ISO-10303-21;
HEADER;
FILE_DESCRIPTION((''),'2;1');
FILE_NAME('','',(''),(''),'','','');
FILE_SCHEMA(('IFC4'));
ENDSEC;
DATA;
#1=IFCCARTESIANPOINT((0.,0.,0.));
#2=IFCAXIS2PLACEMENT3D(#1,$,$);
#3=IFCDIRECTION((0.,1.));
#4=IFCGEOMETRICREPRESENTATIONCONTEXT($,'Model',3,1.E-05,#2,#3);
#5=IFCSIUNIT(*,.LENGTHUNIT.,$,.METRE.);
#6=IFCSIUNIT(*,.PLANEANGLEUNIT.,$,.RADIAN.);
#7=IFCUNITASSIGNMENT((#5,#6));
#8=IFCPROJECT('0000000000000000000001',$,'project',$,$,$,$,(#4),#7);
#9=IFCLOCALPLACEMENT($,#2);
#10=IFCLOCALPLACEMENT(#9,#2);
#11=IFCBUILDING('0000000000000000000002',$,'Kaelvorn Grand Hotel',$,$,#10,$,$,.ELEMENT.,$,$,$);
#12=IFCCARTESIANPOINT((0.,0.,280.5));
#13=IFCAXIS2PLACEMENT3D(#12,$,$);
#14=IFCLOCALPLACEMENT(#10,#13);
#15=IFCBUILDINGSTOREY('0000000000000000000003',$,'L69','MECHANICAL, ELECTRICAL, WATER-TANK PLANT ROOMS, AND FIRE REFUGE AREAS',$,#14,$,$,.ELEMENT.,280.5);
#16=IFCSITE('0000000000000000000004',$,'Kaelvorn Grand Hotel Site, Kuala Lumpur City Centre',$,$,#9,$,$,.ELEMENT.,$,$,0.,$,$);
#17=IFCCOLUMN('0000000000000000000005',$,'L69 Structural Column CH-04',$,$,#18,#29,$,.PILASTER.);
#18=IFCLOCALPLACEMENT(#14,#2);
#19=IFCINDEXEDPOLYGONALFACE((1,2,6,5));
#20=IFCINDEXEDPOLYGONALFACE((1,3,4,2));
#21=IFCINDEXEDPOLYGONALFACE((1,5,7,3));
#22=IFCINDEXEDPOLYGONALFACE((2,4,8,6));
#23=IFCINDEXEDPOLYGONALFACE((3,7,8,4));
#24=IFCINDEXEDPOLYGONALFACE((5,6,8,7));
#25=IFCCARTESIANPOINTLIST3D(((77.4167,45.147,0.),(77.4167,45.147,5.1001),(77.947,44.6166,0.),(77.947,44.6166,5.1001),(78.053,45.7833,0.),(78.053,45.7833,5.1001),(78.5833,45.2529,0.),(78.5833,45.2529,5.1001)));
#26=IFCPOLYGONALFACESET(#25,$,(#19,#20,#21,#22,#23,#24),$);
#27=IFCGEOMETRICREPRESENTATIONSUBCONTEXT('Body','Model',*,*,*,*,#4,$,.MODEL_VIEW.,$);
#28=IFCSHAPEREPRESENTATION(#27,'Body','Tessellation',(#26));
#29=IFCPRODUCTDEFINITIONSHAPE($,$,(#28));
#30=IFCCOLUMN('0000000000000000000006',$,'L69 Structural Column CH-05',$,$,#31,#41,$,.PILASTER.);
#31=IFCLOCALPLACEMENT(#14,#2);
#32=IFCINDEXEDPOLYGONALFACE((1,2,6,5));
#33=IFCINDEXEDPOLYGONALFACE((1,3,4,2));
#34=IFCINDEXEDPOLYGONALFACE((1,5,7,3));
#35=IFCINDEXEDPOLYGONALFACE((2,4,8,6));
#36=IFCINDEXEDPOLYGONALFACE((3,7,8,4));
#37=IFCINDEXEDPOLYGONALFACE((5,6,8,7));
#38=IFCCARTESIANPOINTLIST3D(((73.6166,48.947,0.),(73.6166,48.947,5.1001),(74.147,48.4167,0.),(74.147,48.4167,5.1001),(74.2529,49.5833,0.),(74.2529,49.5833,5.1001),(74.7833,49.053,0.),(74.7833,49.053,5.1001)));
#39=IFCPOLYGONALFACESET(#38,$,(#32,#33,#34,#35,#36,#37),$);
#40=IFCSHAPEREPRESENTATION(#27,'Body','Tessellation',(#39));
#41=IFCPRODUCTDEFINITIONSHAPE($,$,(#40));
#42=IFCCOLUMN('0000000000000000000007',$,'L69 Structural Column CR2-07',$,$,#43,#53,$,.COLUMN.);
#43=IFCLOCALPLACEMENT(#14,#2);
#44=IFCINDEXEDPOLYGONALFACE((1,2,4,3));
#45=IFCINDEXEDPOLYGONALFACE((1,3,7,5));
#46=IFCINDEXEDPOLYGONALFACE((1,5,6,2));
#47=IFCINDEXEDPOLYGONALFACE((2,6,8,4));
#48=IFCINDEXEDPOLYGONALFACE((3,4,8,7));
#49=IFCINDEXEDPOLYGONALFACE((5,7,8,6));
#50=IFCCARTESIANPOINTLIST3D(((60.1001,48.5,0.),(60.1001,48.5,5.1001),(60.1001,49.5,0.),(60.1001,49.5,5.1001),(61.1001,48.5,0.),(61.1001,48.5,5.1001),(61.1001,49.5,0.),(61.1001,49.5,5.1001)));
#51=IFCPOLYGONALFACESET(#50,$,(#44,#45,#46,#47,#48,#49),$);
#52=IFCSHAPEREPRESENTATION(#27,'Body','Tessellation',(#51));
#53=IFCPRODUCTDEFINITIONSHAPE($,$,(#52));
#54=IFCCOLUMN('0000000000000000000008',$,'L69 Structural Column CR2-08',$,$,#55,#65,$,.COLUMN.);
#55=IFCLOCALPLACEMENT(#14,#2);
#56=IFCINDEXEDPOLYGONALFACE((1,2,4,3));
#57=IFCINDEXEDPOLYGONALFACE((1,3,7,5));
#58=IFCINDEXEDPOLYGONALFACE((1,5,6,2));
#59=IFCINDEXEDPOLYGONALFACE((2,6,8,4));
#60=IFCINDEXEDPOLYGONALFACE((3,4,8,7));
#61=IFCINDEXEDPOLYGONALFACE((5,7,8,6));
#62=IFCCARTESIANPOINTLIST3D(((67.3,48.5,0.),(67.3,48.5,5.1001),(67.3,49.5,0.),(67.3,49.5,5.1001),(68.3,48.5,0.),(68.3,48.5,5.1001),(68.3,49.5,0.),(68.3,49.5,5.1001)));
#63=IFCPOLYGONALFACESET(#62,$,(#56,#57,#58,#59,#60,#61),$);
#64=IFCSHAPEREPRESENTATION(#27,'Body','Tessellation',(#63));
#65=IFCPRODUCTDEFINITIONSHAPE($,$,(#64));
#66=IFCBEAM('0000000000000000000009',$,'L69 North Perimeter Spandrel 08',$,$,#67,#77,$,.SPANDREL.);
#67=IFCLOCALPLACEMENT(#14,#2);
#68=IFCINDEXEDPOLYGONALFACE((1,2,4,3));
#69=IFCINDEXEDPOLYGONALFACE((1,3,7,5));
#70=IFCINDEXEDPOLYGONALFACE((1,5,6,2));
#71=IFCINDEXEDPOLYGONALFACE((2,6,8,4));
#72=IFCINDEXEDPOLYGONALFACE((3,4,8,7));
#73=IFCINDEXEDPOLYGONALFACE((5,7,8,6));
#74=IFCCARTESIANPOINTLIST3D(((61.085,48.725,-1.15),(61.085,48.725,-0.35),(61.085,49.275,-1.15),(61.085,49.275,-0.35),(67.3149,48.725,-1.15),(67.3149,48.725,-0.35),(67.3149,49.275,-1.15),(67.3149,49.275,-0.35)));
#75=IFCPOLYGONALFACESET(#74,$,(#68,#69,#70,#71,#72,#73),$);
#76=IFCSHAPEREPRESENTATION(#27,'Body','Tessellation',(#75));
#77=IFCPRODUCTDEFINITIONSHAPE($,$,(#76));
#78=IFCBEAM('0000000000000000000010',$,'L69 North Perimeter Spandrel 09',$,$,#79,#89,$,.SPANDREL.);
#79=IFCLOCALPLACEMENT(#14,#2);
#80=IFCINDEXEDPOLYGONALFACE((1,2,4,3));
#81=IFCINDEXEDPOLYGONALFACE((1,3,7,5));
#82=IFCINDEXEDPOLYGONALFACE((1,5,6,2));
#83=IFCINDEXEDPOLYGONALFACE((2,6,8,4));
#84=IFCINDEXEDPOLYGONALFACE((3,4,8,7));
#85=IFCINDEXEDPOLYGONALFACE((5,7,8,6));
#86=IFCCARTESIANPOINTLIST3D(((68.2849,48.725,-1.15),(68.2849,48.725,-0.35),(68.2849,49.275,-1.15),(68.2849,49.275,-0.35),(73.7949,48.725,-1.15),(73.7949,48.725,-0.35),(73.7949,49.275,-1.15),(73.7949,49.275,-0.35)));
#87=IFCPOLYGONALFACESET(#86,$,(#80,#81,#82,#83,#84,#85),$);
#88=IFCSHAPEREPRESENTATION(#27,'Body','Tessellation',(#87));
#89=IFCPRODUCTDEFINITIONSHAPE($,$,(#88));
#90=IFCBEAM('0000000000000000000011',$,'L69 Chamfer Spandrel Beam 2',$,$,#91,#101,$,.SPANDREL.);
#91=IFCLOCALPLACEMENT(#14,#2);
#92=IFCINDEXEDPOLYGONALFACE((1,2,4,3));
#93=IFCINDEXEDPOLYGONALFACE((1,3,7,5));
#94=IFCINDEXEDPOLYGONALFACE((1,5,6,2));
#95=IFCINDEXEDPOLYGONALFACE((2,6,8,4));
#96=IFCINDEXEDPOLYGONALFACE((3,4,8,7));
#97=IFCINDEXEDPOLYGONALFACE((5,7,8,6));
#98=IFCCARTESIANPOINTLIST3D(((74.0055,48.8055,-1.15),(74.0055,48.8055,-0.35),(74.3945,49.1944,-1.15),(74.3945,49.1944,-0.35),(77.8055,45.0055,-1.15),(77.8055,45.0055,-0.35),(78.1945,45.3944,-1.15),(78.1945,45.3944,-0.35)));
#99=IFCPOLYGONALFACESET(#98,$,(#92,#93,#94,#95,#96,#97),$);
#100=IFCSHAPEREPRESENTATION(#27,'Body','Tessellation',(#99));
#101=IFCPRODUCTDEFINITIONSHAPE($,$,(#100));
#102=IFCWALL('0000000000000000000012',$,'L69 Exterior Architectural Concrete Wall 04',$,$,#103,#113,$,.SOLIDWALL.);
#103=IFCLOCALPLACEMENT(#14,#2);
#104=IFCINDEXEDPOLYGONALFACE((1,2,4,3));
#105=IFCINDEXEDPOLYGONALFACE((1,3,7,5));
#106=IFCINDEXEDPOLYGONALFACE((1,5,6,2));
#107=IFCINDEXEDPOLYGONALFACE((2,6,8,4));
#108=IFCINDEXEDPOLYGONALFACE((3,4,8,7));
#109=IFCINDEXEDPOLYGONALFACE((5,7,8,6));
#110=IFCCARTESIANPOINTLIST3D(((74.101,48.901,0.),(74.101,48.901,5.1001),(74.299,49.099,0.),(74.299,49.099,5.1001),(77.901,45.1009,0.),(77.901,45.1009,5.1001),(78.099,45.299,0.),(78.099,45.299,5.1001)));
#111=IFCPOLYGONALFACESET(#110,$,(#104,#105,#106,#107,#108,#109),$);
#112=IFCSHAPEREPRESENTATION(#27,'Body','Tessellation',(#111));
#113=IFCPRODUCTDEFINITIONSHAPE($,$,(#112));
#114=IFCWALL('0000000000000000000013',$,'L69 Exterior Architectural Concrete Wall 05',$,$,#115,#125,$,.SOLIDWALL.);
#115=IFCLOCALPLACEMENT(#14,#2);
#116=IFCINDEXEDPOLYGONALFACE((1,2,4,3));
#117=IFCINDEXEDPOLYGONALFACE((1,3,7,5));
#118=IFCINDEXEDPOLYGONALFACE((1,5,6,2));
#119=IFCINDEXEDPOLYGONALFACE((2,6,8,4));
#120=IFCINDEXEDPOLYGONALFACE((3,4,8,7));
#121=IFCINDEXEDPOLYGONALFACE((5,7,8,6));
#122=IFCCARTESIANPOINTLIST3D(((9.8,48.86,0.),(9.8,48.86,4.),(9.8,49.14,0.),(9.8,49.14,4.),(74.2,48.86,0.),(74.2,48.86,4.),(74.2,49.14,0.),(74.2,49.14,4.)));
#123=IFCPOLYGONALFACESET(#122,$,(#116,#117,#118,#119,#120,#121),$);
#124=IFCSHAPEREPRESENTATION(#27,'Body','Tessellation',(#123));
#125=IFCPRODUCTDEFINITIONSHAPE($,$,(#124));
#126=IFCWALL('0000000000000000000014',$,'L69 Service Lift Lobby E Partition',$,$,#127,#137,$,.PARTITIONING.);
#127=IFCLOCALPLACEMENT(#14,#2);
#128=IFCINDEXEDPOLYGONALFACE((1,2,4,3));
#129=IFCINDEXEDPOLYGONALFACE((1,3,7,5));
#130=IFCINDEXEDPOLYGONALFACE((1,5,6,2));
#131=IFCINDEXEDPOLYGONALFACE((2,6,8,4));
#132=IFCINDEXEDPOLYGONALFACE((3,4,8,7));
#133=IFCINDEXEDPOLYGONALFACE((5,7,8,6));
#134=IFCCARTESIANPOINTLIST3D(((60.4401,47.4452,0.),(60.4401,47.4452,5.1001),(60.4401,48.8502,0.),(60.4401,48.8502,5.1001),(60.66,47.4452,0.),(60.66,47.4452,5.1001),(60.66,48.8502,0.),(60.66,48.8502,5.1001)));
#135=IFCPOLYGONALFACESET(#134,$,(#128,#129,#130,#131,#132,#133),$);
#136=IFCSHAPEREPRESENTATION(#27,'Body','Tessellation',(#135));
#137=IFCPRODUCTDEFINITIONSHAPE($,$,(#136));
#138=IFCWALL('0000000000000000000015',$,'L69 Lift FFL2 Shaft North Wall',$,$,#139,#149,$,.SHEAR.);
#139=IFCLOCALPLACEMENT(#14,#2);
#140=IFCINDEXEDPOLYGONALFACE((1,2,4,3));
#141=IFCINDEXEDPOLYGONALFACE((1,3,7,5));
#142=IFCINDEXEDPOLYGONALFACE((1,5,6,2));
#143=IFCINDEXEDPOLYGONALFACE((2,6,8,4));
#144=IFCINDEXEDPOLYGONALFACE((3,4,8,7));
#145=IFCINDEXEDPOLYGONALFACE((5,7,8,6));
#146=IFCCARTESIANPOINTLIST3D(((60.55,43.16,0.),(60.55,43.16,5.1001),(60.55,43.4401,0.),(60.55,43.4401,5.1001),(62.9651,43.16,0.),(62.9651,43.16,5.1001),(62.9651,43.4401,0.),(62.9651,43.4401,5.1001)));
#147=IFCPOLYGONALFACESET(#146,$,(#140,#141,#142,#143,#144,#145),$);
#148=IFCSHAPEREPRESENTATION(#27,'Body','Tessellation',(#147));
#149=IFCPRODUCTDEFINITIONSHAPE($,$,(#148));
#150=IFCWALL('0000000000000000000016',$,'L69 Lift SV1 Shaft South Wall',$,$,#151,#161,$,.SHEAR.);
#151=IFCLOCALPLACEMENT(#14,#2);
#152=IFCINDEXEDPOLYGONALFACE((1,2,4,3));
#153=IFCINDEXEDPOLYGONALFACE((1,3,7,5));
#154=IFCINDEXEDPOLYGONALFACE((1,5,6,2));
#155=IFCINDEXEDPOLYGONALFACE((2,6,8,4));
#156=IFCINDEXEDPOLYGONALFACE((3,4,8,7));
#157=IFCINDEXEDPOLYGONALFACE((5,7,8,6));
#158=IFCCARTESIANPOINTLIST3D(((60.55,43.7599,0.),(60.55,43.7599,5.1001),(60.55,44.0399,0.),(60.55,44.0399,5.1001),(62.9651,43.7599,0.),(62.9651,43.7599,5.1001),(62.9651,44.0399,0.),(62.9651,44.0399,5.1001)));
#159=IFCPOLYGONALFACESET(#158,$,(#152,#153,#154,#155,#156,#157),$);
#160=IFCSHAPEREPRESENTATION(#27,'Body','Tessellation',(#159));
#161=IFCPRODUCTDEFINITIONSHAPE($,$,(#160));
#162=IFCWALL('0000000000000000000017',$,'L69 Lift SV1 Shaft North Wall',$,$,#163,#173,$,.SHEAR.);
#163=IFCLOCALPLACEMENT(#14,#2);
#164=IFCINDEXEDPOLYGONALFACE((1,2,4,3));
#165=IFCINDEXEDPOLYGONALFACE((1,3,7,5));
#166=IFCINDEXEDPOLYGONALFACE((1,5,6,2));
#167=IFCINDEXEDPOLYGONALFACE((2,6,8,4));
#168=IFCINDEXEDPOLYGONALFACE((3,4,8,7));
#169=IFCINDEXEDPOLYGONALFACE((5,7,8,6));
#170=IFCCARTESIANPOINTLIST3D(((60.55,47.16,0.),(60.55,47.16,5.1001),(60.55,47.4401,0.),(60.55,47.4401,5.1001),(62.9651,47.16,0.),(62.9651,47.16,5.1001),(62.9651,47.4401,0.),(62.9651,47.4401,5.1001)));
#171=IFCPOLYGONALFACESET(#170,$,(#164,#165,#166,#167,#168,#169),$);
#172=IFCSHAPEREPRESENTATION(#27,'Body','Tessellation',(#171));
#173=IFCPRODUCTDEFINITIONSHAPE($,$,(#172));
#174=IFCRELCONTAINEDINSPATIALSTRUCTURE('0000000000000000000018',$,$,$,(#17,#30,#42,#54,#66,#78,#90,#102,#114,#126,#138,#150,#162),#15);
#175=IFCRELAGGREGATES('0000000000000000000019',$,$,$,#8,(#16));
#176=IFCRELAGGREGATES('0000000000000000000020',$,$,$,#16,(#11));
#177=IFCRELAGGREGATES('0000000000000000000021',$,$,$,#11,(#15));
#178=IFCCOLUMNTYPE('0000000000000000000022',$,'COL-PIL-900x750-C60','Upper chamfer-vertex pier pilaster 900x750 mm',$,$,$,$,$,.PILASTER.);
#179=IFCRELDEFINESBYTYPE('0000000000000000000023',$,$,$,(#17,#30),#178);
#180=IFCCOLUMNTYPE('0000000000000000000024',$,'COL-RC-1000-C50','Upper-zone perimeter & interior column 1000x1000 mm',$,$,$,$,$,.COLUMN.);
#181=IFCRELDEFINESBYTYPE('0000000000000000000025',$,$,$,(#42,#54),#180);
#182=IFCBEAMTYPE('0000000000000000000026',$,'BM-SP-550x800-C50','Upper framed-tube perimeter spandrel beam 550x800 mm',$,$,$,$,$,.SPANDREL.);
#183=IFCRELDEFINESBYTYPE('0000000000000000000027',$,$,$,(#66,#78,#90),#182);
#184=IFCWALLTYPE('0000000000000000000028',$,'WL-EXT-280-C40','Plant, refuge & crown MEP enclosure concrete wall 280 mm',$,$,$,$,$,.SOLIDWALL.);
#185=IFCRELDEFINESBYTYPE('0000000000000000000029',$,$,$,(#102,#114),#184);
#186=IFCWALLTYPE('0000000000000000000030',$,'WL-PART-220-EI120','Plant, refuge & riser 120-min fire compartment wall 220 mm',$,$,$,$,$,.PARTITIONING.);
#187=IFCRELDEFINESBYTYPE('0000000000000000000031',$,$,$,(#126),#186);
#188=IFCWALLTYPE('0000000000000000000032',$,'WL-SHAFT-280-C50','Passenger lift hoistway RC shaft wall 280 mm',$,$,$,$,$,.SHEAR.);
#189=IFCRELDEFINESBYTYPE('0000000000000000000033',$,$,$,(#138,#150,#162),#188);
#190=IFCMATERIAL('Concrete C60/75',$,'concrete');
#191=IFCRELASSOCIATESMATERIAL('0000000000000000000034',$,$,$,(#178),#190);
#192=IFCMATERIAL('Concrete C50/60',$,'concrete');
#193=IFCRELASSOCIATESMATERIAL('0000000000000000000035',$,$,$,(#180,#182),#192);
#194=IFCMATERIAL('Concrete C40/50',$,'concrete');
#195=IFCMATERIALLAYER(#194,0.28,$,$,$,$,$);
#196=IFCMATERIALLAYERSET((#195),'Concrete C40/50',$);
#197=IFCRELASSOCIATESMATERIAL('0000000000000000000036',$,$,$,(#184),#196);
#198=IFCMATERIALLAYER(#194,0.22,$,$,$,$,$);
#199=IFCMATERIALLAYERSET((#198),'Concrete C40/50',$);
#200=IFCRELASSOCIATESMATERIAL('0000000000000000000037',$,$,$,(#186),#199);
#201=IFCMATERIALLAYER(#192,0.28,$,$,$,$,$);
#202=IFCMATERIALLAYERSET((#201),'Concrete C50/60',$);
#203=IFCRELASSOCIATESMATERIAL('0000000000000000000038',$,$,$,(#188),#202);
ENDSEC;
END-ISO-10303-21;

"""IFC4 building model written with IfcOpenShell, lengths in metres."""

from ifc_helpers import new_model, si_unit, direction, frame, frame_2d, origin, origin_2d, place, context, subcontext, project, spatial, rectangle, extrude, material, layer, layer_set, material_profile, profile_set, type_object, element, save


model = new_model("IFC4")

# Units and contexts
model_context = context("Model", 3, precision=1e-05, world=origin(), true_north=direction((0.0, 1.0)))
body_context = subcontext(model_context, "Body", "Model", "MODEL_VIEW")
ifc_project = project(units=[si_unit("LENGTHUNIT", "METRE"), si_unit("PLANEANGLEUNIT", "RADIAN")], contexts=[model_context])

# Site, building, storey
site_placement = place(None, origin())
site = spatial("IfcSite", under=ifc_project, at=site_placement, Name="Kaelvorn Grand Hotel Site, Kuala Lumpur City Centre", CompositionType="ELEMENT", RefElevation=0.0)
building_placement = place(site_placement, origin())
building = spatial("IfcBuilding", under=site, at=building_placement, Name="Kaelvorn Grand Hotel", CompositionType="ELEMENT")
storey_placement = place(building_placement, frame((0.0, 0.0, 280.5)))
storey = spatial("IfcBuildingStorey", under=building, at=storey_placement, Name="L69", Description="MECHANICAL, ELECTRICAL, WATER-TANK PLANT ROOMS, AND FIRE REFUGE AREAS", CompositionType="ELEMENT", Elevation=280.5)

# Columns
ifc_material_1 = material(Name="Concrete C60/75", Category="concrete")
ifc_material_profile_1 = material_profile(ifc_material_1, rectangle(XDim=0.8999, YDim=0.75, at=origin_2d()), Name="RC PILASTER 900x750")
ifc_profile_set_1 = profile_set([ifc_material_profile_1], Name="Concrete C60/75")
column_type_1 = type_object("IfcColumnType", Name="COL-PIL-900x750-C60", Description="Upper chamfer-vertex pier pilaster 900x750 mm", PredefinedType="PILASTER", material=ifc_profile_set_1)
for number, where, z_axis, x_axis, name in (
    (1, (78.0, 45.2, 0.0), (0.0, 0.0, 1.0), (0.707107, 0.707107, 0.0), "L69 Structural Column CH-04"),
    (2, (74.2, 49.0, 0.0), (0.0, 0.0, 1.0), (0.707107, 0.707107, 0.0), "L69 Structural Column CH-05"),
):
    element("IfcColumn", number, at=place(storey_placement, frame(where, z_axis=z_axis, x_axis=x_axis)), inside=storey, type_object=column_type_1, Name=name, PredefinedType="PILASTER", context=body_context, shape_type="SweptSolid", body=[
        extrude(rectangle(XDim=0.8999, YDim=0.75, at=origin_2d()), origin(), (0.0, 0.0, 1.0), 5.1001),
    ])
ifc_material_2 = material(Name="Concrete C50/60", Category="concrete")
ifc_material_profile_2 = material_profile(ifc_material_2, rectangle(XDim=1.0, YDim=1.0, at=origin_2d()), Name="RC COL 1000x1000")
ifc_profile_set_2 = profile_set([ifc_material_profile_2], Name="Concrete C50/60")
column_type_2 = type_object("IfcColumnType", Name="COL-RC-1000-C50", Description="Upper-zone perimeter & interior column 1000x1000 mm", PredefinedType="COLUMN", material=ifc_profile_set_2)
for number, where, z_axis, x_axis, name in (
    (3, (60.6001, 49.0, 0.0), (0.0, 0.0, 1.0), (1.0, 0.0, 0.0), "L69 Structural Column CR2-07"),
    (4, (67.8, 49.0, 0.0), (0.0, 0.0, 1.0), (1.0, 0.0, 0.0), "L69 Structural Column CR2-08"),
):
    element("IfcColumn", number, at=place(storey_placement, frame(where, z_axis=z_axis, x_axis=x_axis)), inside=storey, type_object=column_type_2, Name=name, PredefinedType="COLUMN", context=body_context, shape_type="SweptSolid", body=[
        extrude(rectangle(XDim=1.0, YDim=1.0, at=origin_2d()), origin(), (0.0, 0.0, 1.0), 5.1001),
    ])

# Beams
ifc_material_profile_3 = material_profile(ifc_material_2, rectangle(XDim=0.55, YDim=0.8, at=origin_2d()), Name="RC SPANDREL 550x800")
ifc_profile_set_3 = profile_set([ifc_material_profile_3], Name="Concrete C50/60")
beam_type = type_object("IfcBeamType", Name="BM-SP-550x800-C50", Description="Upper framed-tube perimeter spandrel beam 550x800 mm", PredefinedType="SPANDREL", material=ifc_profile_set_3)
beam_1_placement = place(storey_placement, frame((61.085, 49.0, -0.75), z_axis=(1.0, 0.0, 0.0), x_axis=(0.0, 1.0, 0.0)))
element("IfcBeam", 5, at=beam_1_placement, inside=storey, type_object=beam_type, Name="L69 North Perimeter Spandrel 08", PredefinedType="SPANDREL", context=body_context, shape_type="SweptSolid", body=[
    extrude(rectangle(XDim=0.55, YDim=0.8, at=origin_2d()), origin(), (0.0, 0.0, 1.0), 6.23),
])
beam_2_placement = place(storey_placement, frame((68.2849, 49.0, -0.75), z_axis=(1.0, 0.0, 0.0), x_axis=(0.0, 1.0, 0.0)))
element("IfcBeam", 6, at=beam_2_placement, inside=storey, type_object=beam_type, Name="L69 North Perimeter Spandrel 09", PredefinedType="SPANDREL", context=body_context, shape_type="SweptSolid", body=[
    extrude(rectangle(XDim=0.55, YDim=0.8, at=origin_2d()), origin(), (0.0, 0.0, 1.0), 5.51),
])
beam_3_placement = place(storey_placement, frame((78.0, 45.2, -0.75), z_axis=(-0.707107, 0.707107, 0.0), x_axis=(-0.707107, -0.707107, 0.0)))
element("IfcBeam", 7, at=beam_3_placement, inside=storey, type_object=beam_type, Name="L69 Chamfer Spandrel Beam 2", PredefinedType="SPANDREL", context=body_context, shape_type="SweptSolid", body=[
    extrude(rectangle(XDim=0.55, YDim=0.8, at=origin_2d()), origin(), (0.0, 0.0, 1.0), 5.374),
])

# Walls
ifc_material_3 = material(Name="Concrete C40/50", Category="concrete")
ifc_layer_1 = layer(ifc_material_3, 0.28)
ifc_layer_set_1 = layer_set([ifc_layer_1], Name="Concrete C40/50")
wall_type_1 = type_object("IfcWallType", Name="WL-EXT-280-C40", Description="Plant, refuge & crown MEP enclosure concrete wall 280 mm", PredefinedType="SOLIDWALL", material=ifc_layer_set_1)
wall_1_placement = place(storey_placement, frame((78.0, 45.2, 0.0), z_axis=(0.0, 0.0, 1.0), x_axis=(-0.707107, 0.707107, 0.0)))
element("IfcWall", 8, at=wall_1_placement, inside=storey, type_object=wall_type_1, Name="L69 Exterior Architectural Concrete Wall 04", PredefinedType="SOLIDWALL", context=body_context, shape_type="SweptSolid", body=[
    extrude(rectangle(XDim=5.374, YDim=0.28, at=frame_2d((2.687, 0.0))), origin(), (0.0, 0.0, 1.0), 5.1001),
])
wall_2_placement = place(storey_placement, frame((74.2, 49.0, 0.0), z_axis=(0.0, 0.0, 1.0), x_axis=(-1.0, 0.0, 0.0)))
element("IfcWall", 9, at=wall_2_placement, inside=storey, type_object=wall_type_1, Name="L69 Exterior Architectural Concrete Wall 05", PredefinedType="SOLIDWALL", context=body_context, shape_type="SweptSolid", body=[
    extrude(rectangle(XDim=64.3999, YDim=0.28, at=frame_2d((32.2, 0.0))), origin(), (0.0, 0.0, 1.0), 4.0),
])
ifc_layer_2 = layer(ifc_material_3, 0.22)
ifc_layer_set_2 = layer_set([ifc_layer_2], Name="Concrete C40/50")
wall_type_2 = type_object("IfcWallType", Name="WL-PART-220-EI120", Description="Plant, refuge & riser 120-min fire compartment wall 220 mm", PredefinedType="PARTITIONING", material=ifc_layer_set_2)
wall_3_placement = place(storey_placement, frame((60.55, 47.4451, 0.0), z_axis=(0.0, 0.0, 1.0), x_axis=(0.0, 1.0, 0.0)))
element("IfcWall", 10, at=wall_3_placement, inside=storey, type_object=wall_type_2, Name="L69 Service Lift Lobby E Partition", PredefinedType="PARTITIONING", context=body_context, shape_type="SweptSolid", body=[
    extrude(rectangle(XDim=1.405, YDim=0.22, at=frame_2d((0.7026, 0.0))), origin(), (0.0, 0.0, 1.0), 5.1001),
])
ifc_layer_3 = layer(ifc_material_2, 0.28)
ifc_layer_set_3 = layer_set([ifc_layer_3], Name="Concrete C50/60")
wall_type_3 = type_object("IfcWallType", Name="WL-SHAFT-280-C50", Description="Passenger lift hoistway RC shaft wall 280 mm", PredefinedType="SHEAR", material=ifc_layer_set_3)
for number, where, z_axis, x_axis, name in (
    (11, (60.55, 43.3, 0.0), (0.0, 0.0, 1.0), (1.0, 0.0, 0.0), "L69 Lift FFL2 Shaft North Wall"),
    (12, (60.55, 43.8999, 0.0), (0.0, 0.0, 1.0), (1.0, 0.0, 0.0), "L69 Lift SV1 Shaft South Wall"),
    (13, (60.55, 47.3, 0.0), (0.0, 0.0, 1.0), (1.0, 0.0, 0.0), "L69 Lift SV1 Shaft North Wall"),
):
    element("IfcWall", number, at=place(storey_placement, frame(where, z_axis=z_axis, x_axis=x_axis)), inside=storey, type_object=wall_type_3, Name=name, PredefinedType="SHEAR", context=body_context, shape_type="SweptSolid", body=[
        extrude(rectangle(XDim=2.415, YDim=0.28, at=frame_2d((1.2075, 0.0))), origin(), (0.0, 0.0, 1.0), 5.1001),
    ])

save(model, "model.ifc")
